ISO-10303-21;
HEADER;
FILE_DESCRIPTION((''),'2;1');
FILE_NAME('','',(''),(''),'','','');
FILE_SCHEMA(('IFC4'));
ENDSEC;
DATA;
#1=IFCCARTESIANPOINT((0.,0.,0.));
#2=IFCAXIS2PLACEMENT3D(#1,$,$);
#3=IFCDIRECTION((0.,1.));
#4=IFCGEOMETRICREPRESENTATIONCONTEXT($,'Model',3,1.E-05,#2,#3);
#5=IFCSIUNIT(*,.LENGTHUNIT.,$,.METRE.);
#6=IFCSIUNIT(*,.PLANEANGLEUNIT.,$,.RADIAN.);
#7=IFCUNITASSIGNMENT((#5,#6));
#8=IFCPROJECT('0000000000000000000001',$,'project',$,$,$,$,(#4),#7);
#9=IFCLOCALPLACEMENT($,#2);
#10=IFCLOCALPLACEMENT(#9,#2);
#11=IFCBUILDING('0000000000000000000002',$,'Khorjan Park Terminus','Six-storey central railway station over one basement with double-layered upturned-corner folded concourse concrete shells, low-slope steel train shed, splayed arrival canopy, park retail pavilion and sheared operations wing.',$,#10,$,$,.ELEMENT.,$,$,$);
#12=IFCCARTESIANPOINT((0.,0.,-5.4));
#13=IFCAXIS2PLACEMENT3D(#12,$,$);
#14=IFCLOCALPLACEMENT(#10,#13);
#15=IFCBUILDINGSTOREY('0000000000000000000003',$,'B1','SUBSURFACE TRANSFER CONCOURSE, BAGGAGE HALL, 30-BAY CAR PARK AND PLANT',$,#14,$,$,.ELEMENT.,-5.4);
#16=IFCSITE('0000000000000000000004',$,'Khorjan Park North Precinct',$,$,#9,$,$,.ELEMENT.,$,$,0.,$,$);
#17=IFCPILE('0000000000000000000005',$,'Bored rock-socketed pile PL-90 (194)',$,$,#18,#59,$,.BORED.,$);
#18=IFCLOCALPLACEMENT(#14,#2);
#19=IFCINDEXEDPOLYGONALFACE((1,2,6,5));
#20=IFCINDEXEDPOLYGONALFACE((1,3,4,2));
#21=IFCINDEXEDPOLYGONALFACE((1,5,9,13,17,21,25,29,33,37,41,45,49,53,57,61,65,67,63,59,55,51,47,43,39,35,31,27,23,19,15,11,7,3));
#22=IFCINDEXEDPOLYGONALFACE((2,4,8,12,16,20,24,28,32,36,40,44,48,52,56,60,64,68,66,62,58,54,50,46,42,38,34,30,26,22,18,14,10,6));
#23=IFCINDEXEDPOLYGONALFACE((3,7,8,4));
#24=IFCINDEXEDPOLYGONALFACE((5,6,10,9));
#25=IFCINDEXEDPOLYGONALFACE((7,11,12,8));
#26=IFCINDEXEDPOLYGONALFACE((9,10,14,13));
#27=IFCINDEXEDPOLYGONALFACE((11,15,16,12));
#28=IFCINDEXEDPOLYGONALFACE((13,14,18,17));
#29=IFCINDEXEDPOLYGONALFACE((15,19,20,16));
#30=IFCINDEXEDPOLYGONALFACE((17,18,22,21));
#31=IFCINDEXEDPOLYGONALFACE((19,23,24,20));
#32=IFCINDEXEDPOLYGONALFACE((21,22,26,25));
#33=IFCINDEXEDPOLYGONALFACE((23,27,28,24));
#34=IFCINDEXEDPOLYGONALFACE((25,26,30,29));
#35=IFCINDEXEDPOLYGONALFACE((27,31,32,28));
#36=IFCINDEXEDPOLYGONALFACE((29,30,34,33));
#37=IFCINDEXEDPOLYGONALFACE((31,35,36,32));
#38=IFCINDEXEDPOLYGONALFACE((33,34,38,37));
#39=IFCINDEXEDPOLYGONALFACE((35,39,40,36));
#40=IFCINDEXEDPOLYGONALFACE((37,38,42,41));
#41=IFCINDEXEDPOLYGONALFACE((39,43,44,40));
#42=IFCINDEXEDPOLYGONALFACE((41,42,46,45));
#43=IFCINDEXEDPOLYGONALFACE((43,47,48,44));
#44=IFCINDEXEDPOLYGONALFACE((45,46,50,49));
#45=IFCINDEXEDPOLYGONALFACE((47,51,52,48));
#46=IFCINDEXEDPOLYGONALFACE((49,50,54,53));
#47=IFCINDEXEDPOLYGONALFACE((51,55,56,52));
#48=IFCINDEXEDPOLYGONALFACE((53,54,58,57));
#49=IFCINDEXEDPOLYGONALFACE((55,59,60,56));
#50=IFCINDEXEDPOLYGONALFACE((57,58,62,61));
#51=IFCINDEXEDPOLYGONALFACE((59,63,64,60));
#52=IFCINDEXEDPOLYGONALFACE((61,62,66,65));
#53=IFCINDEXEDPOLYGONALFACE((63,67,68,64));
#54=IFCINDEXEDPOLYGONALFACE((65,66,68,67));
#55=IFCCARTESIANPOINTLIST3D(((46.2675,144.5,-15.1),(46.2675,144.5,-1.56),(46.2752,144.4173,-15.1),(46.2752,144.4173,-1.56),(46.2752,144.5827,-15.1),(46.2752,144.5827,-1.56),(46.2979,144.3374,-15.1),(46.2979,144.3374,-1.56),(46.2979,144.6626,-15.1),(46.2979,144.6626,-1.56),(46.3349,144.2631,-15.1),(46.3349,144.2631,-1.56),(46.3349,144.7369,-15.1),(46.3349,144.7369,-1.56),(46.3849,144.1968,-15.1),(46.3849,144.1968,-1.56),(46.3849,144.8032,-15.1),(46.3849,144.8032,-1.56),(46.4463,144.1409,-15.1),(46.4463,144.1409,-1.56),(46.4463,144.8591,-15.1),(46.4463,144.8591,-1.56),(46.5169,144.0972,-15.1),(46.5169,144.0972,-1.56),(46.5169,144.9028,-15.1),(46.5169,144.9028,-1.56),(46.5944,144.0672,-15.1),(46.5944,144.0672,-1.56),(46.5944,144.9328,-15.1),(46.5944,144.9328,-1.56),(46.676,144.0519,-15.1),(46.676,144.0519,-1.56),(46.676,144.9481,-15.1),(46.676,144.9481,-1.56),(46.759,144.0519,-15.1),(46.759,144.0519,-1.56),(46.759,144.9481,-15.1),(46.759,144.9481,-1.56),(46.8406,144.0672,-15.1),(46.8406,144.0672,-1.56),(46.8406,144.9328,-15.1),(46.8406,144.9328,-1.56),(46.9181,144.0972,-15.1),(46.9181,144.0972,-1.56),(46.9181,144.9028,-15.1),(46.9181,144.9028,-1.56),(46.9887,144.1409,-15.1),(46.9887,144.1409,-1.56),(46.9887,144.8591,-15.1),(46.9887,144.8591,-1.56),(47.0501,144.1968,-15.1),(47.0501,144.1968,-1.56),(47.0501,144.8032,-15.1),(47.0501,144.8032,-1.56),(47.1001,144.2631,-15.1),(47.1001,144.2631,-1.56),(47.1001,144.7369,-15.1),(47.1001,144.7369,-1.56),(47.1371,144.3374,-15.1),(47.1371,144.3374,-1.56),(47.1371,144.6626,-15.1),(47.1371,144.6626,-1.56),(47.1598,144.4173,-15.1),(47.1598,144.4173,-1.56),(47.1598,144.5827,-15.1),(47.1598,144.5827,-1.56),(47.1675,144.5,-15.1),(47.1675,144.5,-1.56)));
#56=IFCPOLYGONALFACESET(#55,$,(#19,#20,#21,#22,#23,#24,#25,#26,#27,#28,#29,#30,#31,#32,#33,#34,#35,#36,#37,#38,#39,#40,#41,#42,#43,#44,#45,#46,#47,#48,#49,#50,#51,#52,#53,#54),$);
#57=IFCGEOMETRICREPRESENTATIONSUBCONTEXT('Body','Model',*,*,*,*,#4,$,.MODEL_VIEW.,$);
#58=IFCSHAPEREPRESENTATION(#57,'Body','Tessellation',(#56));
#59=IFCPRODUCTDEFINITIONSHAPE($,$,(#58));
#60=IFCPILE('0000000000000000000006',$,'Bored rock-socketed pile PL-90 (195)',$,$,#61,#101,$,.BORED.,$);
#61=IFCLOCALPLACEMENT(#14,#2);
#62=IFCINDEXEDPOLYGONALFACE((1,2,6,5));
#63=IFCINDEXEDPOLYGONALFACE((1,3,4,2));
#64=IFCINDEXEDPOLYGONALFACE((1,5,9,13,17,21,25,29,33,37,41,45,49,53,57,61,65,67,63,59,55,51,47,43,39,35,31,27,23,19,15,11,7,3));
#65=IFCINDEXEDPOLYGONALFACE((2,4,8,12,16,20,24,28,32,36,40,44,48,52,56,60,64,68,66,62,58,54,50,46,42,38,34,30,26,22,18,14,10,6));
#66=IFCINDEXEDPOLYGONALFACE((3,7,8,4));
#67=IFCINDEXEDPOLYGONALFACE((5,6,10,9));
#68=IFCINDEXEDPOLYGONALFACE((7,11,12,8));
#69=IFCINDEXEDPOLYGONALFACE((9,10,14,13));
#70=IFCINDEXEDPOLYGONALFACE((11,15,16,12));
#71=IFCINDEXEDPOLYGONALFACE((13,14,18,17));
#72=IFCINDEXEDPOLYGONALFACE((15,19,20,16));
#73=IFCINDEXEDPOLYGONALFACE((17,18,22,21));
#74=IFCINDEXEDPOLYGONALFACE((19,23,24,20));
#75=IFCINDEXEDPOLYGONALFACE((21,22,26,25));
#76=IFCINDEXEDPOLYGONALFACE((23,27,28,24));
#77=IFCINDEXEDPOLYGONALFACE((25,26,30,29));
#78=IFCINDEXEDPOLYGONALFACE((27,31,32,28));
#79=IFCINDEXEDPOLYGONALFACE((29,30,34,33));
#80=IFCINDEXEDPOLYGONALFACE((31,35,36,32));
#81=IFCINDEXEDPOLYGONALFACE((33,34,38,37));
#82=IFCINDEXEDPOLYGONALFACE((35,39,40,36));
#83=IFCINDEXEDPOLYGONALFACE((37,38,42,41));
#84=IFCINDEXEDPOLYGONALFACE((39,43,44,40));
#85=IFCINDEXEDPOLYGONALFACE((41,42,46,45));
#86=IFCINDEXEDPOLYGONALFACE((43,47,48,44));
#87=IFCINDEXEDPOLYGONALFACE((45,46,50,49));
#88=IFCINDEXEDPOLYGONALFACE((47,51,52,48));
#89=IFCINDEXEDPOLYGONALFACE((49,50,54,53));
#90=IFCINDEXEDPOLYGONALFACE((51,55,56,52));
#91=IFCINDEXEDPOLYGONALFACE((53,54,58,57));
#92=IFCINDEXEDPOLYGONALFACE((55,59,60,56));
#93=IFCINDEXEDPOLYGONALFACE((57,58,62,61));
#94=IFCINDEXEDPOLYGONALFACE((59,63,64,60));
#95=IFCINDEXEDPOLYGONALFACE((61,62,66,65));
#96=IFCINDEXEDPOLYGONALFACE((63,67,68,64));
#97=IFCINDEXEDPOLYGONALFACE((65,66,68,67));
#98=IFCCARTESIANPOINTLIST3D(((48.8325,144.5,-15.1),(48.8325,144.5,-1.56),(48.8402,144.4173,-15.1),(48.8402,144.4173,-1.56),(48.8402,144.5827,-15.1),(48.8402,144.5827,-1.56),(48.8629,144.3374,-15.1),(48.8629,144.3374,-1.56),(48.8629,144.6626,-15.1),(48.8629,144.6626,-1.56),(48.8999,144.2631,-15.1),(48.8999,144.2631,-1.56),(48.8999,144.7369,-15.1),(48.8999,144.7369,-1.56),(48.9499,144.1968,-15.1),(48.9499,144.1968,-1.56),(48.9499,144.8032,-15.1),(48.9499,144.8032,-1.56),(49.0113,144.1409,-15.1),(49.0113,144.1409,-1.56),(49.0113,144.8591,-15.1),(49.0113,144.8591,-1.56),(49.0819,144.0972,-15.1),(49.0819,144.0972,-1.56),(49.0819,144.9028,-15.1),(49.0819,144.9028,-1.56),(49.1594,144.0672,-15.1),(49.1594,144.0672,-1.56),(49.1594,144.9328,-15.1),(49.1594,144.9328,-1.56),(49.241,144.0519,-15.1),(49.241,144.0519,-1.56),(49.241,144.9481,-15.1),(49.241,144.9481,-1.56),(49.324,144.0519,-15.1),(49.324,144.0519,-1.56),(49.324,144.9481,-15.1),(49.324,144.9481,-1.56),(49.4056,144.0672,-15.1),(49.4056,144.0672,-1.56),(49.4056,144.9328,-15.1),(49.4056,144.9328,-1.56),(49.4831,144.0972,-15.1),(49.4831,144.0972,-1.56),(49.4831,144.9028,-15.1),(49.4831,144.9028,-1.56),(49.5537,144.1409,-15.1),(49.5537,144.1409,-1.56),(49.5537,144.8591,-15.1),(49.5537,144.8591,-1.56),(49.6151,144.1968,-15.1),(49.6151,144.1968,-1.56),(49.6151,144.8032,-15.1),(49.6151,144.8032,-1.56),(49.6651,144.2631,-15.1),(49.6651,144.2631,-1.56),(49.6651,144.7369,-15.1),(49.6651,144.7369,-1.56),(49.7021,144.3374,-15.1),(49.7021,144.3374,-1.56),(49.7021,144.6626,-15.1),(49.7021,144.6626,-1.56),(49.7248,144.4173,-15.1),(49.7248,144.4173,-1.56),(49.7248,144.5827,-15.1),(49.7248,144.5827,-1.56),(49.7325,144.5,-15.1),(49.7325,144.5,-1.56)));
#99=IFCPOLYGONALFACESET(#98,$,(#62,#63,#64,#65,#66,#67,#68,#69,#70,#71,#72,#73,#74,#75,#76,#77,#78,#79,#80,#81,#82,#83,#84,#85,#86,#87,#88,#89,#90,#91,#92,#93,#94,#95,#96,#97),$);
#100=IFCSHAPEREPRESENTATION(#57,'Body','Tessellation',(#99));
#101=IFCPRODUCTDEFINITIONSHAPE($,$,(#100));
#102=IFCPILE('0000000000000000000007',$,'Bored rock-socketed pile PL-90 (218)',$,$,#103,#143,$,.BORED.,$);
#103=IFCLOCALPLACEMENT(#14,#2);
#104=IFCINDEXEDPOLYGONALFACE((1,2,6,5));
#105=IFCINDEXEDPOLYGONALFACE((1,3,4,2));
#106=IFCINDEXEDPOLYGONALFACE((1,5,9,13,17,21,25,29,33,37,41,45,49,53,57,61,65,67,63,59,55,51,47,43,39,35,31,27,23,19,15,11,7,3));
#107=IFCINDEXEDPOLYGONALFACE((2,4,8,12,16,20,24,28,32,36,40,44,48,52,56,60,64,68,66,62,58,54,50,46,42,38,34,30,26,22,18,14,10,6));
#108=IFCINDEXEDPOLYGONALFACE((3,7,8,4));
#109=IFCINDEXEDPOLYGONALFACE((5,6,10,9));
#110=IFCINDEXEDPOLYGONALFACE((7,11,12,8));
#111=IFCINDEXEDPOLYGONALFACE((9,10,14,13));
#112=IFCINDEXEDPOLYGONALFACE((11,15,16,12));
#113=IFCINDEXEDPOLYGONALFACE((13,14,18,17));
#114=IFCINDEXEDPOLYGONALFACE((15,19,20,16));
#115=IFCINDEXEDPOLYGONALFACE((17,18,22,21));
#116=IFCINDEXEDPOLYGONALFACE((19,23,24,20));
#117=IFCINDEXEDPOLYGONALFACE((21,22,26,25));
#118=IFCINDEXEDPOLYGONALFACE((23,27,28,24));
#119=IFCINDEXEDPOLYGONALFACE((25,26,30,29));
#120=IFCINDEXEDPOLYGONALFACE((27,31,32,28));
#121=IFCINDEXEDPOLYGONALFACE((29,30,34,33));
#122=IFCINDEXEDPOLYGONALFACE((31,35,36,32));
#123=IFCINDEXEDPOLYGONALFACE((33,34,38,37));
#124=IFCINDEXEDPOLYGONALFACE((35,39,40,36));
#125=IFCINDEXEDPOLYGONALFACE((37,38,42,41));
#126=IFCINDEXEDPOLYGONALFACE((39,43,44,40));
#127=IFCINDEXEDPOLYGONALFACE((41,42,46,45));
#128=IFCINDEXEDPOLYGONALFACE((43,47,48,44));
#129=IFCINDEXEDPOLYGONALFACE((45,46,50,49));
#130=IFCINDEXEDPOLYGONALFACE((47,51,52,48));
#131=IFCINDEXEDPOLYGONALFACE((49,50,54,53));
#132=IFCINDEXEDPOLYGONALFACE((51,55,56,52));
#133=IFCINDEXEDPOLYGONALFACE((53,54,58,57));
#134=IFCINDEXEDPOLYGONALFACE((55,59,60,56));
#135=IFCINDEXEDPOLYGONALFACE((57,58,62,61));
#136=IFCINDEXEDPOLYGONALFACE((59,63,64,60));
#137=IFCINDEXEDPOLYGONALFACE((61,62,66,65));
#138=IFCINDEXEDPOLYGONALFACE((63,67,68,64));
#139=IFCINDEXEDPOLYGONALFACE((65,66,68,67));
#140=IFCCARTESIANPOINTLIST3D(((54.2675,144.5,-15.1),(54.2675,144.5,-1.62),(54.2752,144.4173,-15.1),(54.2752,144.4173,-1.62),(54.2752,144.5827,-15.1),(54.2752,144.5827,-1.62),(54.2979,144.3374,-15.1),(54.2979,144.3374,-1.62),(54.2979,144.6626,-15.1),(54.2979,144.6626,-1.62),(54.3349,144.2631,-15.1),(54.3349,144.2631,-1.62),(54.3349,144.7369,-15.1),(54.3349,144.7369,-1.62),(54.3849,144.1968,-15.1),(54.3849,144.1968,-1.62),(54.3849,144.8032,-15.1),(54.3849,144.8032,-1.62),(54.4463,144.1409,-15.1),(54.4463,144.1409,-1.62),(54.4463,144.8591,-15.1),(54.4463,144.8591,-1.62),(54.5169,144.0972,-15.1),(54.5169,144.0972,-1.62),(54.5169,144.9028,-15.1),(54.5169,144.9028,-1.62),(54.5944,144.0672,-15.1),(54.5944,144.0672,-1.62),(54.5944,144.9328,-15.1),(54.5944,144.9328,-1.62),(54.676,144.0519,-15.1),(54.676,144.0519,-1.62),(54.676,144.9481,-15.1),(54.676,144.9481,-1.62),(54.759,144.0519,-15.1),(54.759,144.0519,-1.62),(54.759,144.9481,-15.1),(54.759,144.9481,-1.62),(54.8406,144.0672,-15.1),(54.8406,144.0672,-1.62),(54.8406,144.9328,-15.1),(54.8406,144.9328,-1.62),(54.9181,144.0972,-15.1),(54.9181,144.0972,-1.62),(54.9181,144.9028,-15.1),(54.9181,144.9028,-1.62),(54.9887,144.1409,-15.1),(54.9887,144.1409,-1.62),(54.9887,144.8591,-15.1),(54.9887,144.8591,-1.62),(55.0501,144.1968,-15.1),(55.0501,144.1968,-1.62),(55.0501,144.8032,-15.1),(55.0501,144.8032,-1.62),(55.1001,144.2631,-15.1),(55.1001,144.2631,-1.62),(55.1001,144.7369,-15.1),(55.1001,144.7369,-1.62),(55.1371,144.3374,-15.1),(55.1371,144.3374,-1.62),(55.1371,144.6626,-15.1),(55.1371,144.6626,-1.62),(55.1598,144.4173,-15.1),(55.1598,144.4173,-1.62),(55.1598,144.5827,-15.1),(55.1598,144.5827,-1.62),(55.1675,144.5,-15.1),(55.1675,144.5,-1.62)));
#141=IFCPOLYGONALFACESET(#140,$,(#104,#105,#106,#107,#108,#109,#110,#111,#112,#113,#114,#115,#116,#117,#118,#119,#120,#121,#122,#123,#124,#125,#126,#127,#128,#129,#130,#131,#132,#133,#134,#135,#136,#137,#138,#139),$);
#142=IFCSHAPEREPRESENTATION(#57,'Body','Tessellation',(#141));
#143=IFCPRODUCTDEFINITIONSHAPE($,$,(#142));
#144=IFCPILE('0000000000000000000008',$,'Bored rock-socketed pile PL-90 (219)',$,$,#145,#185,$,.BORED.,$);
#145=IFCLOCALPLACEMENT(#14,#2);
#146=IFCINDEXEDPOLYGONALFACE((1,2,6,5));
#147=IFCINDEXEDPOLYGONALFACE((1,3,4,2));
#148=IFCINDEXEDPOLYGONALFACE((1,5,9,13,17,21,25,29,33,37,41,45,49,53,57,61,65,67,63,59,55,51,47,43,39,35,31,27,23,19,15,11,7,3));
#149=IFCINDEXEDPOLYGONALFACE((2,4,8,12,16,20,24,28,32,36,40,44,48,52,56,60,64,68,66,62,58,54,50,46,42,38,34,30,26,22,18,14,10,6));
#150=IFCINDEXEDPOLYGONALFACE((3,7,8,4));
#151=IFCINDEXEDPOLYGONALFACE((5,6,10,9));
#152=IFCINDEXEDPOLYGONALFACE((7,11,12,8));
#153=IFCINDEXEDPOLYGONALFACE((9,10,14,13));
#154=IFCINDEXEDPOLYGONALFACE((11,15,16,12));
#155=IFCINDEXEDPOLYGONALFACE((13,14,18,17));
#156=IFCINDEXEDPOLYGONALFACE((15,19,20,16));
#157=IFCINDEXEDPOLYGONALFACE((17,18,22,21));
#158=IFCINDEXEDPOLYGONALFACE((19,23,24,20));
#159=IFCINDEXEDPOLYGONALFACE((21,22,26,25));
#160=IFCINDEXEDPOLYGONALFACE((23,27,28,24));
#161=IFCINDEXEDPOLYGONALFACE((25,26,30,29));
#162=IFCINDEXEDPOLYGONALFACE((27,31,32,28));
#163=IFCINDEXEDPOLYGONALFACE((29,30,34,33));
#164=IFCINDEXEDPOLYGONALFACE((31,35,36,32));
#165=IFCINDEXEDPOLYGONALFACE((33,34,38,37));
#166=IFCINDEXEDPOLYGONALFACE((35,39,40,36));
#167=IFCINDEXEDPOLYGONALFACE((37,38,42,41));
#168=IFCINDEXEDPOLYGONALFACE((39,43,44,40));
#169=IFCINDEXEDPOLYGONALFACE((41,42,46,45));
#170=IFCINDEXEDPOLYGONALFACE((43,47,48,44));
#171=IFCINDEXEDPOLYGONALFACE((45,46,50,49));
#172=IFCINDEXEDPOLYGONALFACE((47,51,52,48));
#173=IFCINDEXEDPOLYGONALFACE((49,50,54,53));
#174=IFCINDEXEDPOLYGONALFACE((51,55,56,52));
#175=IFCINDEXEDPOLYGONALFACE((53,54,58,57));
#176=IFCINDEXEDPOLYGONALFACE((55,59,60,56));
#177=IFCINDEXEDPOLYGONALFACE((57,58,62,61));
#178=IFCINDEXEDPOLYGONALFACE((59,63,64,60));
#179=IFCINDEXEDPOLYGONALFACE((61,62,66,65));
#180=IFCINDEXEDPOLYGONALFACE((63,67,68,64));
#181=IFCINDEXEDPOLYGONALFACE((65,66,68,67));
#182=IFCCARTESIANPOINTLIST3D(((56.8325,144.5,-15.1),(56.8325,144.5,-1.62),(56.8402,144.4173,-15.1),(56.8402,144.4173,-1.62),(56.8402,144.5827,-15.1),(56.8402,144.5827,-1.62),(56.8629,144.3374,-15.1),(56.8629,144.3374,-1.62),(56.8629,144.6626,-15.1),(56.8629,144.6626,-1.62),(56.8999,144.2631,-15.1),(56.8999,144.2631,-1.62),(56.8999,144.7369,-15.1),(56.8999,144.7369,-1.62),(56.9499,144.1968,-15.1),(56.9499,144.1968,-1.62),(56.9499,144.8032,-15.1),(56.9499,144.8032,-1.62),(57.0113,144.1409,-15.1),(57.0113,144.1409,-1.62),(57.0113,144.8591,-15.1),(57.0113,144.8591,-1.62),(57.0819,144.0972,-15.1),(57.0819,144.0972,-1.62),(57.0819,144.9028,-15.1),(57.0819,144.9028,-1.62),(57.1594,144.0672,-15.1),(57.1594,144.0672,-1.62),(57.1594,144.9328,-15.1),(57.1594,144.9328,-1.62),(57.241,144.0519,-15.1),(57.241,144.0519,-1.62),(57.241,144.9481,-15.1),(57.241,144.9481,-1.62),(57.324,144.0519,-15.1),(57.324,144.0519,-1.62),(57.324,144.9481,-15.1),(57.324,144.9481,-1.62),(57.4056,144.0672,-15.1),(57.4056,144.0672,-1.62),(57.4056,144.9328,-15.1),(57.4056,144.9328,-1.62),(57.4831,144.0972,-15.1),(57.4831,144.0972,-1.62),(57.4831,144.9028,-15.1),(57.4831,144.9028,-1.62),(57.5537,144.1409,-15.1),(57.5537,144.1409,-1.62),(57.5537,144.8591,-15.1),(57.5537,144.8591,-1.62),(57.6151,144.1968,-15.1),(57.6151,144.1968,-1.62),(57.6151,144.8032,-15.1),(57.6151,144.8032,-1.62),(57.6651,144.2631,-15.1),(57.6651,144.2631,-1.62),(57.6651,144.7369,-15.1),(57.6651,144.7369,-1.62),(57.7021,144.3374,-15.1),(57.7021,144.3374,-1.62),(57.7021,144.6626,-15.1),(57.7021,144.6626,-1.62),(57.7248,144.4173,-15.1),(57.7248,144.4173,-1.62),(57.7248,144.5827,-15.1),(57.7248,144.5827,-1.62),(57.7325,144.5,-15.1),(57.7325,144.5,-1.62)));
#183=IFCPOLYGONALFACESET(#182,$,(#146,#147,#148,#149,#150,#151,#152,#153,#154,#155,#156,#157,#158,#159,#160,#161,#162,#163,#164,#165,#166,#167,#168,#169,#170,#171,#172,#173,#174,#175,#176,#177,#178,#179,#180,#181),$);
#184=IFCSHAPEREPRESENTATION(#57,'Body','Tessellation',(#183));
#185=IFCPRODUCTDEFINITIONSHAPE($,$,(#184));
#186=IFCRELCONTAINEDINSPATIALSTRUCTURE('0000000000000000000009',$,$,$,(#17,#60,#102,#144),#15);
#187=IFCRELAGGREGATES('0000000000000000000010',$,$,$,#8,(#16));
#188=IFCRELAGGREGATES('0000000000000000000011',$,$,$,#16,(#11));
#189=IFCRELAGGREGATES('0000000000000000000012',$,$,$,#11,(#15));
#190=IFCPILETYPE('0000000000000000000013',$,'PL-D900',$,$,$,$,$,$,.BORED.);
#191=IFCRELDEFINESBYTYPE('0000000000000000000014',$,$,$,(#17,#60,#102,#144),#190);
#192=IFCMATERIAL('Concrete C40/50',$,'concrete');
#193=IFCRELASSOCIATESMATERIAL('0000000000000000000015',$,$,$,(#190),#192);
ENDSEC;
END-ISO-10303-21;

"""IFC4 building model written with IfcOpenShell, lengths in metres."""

from ifc_helpers import new_model, si_unit, direction, frame, origin, origin_2d, place, context, subcontext, project, spatial, circle, extrude, material, material_profile, profile_set, type_object, element, save


model = new_model("IFC4")

# Units and contexts
model_context = context("Model", 3, precision=1e-05, world=origin(), true_north=direction((0.0, 1.0)))
body_context = subcontext(model_context, "Body", "Model", "MODEL_VIEW")
ifc_project = project(units=[si_unit("LENGTHUNIT", "METRE"), si_unit("PLANEANGLEUNIT", "RADIAN")], contexts=[model_context])

# Site, building, storey
site_placement = place(None, origin())
site = spatial("IfcSite", under=ifc_project, at=site_placement, Name="Khorjan Park North Precinct", CompositionType="ELEMENT", RefElevation=0.0)
building_placement = place(site_placement, origin())
building = spatial("IfcBuilding", under=site, at=building_placement, Name="Khorjan Park Terminus", Description="Six-storey central railway station over one basement with double-layered upturned-corner folded concourse concrete shells, low-slope steel train shed, splayed arrival canopy, park retail pavilion and sheared operations wing.", CompositionType="ELEMENT")
storey_placement = place(building_placement, frame((0.0, 0.0, -5.4)))
storey = spatial("IfcBuildingStorey", under=building, at=storey_placement, Name="B1", Description="SUBSURFACE TRANSFER CONCOURSE, BAGGAGE HALL, 30-BAY CAR PARK AND PLANT", CompositionType="ELEMENT", Elevation=-5.4)

# Shared definitions
ifc_material_1 = material(Name="Concrete C40/50", Category="concrete")

# Piles
ifc_material_profile_1 = material_profile(ifc_material_1, circle(Radius=0.45, at=origin_2d()), Name="BORED D900")
ifc_profile_set_1 = profile_set([ifc_material_profile_1], Name="Concrete C40/50")
pile_type_1 = type_object("IfcPileType", Name="PL-D900", PredefinedType="BORED", material=ifc_profile_set_1)
for number, where, z_axis, x_axis, name in (
    (1, (46.7175, 144.5, -1.56), (0.0, 0.0, -1.0), (1.0, 0.0, 0.0), "Bored rock-socketed pile PL-90 (194)"),
    (2, (49.2825, 144.5, -1.56), (0.0, 0.0, -1.0), (1.0, 0.0, 0.0), "Bored rock-socketed pile PL-90 (195)"),
):
    element("IfcPile", number, at=place(storey_placement, frame(where, z_axis=z_axis, x_axis=x_axis)), inside=storey, type_object=pile_type_1, Name=name, PredefinedType="BORED", context=body_context, shape_type="SweptSolid", body=[
        extrude(circle(Radius=0.45, at=origin_2d()), origin(), (0.0, 0.0, 1.0), 13.54),
    ])
for number, where, z_axis, x_axis, name in (
    (3, (54.7175, 144.5, -1.62), (0.0, 0.0, -1.0), (1.0, 0.0, 0.0), "Bored rock-socketed pile PL-90 (218)"),
    (4, (57.2825, 144.5, -1.62), (0.0, 0.0, -1.0), (1.0, 0.0, 0.0), "Bored rock-socketed pile PL-90 (219)"),
):
    element("IfcPile", number, at=place(storey_placement, frame(where, z_axis=z_axis, x_axis=x_axis)), inside=storey, type_object=pile_type_1, Name=name, PredefinedType="BORED", context=body_context, shape_type="SweptSolid", body=[
        extrude(circle(Radius=0.45, at=origin_2d()), origin(), (0.0, 0.0, 1.0), 13.48),
    ])

save(model, "model.ifc")
